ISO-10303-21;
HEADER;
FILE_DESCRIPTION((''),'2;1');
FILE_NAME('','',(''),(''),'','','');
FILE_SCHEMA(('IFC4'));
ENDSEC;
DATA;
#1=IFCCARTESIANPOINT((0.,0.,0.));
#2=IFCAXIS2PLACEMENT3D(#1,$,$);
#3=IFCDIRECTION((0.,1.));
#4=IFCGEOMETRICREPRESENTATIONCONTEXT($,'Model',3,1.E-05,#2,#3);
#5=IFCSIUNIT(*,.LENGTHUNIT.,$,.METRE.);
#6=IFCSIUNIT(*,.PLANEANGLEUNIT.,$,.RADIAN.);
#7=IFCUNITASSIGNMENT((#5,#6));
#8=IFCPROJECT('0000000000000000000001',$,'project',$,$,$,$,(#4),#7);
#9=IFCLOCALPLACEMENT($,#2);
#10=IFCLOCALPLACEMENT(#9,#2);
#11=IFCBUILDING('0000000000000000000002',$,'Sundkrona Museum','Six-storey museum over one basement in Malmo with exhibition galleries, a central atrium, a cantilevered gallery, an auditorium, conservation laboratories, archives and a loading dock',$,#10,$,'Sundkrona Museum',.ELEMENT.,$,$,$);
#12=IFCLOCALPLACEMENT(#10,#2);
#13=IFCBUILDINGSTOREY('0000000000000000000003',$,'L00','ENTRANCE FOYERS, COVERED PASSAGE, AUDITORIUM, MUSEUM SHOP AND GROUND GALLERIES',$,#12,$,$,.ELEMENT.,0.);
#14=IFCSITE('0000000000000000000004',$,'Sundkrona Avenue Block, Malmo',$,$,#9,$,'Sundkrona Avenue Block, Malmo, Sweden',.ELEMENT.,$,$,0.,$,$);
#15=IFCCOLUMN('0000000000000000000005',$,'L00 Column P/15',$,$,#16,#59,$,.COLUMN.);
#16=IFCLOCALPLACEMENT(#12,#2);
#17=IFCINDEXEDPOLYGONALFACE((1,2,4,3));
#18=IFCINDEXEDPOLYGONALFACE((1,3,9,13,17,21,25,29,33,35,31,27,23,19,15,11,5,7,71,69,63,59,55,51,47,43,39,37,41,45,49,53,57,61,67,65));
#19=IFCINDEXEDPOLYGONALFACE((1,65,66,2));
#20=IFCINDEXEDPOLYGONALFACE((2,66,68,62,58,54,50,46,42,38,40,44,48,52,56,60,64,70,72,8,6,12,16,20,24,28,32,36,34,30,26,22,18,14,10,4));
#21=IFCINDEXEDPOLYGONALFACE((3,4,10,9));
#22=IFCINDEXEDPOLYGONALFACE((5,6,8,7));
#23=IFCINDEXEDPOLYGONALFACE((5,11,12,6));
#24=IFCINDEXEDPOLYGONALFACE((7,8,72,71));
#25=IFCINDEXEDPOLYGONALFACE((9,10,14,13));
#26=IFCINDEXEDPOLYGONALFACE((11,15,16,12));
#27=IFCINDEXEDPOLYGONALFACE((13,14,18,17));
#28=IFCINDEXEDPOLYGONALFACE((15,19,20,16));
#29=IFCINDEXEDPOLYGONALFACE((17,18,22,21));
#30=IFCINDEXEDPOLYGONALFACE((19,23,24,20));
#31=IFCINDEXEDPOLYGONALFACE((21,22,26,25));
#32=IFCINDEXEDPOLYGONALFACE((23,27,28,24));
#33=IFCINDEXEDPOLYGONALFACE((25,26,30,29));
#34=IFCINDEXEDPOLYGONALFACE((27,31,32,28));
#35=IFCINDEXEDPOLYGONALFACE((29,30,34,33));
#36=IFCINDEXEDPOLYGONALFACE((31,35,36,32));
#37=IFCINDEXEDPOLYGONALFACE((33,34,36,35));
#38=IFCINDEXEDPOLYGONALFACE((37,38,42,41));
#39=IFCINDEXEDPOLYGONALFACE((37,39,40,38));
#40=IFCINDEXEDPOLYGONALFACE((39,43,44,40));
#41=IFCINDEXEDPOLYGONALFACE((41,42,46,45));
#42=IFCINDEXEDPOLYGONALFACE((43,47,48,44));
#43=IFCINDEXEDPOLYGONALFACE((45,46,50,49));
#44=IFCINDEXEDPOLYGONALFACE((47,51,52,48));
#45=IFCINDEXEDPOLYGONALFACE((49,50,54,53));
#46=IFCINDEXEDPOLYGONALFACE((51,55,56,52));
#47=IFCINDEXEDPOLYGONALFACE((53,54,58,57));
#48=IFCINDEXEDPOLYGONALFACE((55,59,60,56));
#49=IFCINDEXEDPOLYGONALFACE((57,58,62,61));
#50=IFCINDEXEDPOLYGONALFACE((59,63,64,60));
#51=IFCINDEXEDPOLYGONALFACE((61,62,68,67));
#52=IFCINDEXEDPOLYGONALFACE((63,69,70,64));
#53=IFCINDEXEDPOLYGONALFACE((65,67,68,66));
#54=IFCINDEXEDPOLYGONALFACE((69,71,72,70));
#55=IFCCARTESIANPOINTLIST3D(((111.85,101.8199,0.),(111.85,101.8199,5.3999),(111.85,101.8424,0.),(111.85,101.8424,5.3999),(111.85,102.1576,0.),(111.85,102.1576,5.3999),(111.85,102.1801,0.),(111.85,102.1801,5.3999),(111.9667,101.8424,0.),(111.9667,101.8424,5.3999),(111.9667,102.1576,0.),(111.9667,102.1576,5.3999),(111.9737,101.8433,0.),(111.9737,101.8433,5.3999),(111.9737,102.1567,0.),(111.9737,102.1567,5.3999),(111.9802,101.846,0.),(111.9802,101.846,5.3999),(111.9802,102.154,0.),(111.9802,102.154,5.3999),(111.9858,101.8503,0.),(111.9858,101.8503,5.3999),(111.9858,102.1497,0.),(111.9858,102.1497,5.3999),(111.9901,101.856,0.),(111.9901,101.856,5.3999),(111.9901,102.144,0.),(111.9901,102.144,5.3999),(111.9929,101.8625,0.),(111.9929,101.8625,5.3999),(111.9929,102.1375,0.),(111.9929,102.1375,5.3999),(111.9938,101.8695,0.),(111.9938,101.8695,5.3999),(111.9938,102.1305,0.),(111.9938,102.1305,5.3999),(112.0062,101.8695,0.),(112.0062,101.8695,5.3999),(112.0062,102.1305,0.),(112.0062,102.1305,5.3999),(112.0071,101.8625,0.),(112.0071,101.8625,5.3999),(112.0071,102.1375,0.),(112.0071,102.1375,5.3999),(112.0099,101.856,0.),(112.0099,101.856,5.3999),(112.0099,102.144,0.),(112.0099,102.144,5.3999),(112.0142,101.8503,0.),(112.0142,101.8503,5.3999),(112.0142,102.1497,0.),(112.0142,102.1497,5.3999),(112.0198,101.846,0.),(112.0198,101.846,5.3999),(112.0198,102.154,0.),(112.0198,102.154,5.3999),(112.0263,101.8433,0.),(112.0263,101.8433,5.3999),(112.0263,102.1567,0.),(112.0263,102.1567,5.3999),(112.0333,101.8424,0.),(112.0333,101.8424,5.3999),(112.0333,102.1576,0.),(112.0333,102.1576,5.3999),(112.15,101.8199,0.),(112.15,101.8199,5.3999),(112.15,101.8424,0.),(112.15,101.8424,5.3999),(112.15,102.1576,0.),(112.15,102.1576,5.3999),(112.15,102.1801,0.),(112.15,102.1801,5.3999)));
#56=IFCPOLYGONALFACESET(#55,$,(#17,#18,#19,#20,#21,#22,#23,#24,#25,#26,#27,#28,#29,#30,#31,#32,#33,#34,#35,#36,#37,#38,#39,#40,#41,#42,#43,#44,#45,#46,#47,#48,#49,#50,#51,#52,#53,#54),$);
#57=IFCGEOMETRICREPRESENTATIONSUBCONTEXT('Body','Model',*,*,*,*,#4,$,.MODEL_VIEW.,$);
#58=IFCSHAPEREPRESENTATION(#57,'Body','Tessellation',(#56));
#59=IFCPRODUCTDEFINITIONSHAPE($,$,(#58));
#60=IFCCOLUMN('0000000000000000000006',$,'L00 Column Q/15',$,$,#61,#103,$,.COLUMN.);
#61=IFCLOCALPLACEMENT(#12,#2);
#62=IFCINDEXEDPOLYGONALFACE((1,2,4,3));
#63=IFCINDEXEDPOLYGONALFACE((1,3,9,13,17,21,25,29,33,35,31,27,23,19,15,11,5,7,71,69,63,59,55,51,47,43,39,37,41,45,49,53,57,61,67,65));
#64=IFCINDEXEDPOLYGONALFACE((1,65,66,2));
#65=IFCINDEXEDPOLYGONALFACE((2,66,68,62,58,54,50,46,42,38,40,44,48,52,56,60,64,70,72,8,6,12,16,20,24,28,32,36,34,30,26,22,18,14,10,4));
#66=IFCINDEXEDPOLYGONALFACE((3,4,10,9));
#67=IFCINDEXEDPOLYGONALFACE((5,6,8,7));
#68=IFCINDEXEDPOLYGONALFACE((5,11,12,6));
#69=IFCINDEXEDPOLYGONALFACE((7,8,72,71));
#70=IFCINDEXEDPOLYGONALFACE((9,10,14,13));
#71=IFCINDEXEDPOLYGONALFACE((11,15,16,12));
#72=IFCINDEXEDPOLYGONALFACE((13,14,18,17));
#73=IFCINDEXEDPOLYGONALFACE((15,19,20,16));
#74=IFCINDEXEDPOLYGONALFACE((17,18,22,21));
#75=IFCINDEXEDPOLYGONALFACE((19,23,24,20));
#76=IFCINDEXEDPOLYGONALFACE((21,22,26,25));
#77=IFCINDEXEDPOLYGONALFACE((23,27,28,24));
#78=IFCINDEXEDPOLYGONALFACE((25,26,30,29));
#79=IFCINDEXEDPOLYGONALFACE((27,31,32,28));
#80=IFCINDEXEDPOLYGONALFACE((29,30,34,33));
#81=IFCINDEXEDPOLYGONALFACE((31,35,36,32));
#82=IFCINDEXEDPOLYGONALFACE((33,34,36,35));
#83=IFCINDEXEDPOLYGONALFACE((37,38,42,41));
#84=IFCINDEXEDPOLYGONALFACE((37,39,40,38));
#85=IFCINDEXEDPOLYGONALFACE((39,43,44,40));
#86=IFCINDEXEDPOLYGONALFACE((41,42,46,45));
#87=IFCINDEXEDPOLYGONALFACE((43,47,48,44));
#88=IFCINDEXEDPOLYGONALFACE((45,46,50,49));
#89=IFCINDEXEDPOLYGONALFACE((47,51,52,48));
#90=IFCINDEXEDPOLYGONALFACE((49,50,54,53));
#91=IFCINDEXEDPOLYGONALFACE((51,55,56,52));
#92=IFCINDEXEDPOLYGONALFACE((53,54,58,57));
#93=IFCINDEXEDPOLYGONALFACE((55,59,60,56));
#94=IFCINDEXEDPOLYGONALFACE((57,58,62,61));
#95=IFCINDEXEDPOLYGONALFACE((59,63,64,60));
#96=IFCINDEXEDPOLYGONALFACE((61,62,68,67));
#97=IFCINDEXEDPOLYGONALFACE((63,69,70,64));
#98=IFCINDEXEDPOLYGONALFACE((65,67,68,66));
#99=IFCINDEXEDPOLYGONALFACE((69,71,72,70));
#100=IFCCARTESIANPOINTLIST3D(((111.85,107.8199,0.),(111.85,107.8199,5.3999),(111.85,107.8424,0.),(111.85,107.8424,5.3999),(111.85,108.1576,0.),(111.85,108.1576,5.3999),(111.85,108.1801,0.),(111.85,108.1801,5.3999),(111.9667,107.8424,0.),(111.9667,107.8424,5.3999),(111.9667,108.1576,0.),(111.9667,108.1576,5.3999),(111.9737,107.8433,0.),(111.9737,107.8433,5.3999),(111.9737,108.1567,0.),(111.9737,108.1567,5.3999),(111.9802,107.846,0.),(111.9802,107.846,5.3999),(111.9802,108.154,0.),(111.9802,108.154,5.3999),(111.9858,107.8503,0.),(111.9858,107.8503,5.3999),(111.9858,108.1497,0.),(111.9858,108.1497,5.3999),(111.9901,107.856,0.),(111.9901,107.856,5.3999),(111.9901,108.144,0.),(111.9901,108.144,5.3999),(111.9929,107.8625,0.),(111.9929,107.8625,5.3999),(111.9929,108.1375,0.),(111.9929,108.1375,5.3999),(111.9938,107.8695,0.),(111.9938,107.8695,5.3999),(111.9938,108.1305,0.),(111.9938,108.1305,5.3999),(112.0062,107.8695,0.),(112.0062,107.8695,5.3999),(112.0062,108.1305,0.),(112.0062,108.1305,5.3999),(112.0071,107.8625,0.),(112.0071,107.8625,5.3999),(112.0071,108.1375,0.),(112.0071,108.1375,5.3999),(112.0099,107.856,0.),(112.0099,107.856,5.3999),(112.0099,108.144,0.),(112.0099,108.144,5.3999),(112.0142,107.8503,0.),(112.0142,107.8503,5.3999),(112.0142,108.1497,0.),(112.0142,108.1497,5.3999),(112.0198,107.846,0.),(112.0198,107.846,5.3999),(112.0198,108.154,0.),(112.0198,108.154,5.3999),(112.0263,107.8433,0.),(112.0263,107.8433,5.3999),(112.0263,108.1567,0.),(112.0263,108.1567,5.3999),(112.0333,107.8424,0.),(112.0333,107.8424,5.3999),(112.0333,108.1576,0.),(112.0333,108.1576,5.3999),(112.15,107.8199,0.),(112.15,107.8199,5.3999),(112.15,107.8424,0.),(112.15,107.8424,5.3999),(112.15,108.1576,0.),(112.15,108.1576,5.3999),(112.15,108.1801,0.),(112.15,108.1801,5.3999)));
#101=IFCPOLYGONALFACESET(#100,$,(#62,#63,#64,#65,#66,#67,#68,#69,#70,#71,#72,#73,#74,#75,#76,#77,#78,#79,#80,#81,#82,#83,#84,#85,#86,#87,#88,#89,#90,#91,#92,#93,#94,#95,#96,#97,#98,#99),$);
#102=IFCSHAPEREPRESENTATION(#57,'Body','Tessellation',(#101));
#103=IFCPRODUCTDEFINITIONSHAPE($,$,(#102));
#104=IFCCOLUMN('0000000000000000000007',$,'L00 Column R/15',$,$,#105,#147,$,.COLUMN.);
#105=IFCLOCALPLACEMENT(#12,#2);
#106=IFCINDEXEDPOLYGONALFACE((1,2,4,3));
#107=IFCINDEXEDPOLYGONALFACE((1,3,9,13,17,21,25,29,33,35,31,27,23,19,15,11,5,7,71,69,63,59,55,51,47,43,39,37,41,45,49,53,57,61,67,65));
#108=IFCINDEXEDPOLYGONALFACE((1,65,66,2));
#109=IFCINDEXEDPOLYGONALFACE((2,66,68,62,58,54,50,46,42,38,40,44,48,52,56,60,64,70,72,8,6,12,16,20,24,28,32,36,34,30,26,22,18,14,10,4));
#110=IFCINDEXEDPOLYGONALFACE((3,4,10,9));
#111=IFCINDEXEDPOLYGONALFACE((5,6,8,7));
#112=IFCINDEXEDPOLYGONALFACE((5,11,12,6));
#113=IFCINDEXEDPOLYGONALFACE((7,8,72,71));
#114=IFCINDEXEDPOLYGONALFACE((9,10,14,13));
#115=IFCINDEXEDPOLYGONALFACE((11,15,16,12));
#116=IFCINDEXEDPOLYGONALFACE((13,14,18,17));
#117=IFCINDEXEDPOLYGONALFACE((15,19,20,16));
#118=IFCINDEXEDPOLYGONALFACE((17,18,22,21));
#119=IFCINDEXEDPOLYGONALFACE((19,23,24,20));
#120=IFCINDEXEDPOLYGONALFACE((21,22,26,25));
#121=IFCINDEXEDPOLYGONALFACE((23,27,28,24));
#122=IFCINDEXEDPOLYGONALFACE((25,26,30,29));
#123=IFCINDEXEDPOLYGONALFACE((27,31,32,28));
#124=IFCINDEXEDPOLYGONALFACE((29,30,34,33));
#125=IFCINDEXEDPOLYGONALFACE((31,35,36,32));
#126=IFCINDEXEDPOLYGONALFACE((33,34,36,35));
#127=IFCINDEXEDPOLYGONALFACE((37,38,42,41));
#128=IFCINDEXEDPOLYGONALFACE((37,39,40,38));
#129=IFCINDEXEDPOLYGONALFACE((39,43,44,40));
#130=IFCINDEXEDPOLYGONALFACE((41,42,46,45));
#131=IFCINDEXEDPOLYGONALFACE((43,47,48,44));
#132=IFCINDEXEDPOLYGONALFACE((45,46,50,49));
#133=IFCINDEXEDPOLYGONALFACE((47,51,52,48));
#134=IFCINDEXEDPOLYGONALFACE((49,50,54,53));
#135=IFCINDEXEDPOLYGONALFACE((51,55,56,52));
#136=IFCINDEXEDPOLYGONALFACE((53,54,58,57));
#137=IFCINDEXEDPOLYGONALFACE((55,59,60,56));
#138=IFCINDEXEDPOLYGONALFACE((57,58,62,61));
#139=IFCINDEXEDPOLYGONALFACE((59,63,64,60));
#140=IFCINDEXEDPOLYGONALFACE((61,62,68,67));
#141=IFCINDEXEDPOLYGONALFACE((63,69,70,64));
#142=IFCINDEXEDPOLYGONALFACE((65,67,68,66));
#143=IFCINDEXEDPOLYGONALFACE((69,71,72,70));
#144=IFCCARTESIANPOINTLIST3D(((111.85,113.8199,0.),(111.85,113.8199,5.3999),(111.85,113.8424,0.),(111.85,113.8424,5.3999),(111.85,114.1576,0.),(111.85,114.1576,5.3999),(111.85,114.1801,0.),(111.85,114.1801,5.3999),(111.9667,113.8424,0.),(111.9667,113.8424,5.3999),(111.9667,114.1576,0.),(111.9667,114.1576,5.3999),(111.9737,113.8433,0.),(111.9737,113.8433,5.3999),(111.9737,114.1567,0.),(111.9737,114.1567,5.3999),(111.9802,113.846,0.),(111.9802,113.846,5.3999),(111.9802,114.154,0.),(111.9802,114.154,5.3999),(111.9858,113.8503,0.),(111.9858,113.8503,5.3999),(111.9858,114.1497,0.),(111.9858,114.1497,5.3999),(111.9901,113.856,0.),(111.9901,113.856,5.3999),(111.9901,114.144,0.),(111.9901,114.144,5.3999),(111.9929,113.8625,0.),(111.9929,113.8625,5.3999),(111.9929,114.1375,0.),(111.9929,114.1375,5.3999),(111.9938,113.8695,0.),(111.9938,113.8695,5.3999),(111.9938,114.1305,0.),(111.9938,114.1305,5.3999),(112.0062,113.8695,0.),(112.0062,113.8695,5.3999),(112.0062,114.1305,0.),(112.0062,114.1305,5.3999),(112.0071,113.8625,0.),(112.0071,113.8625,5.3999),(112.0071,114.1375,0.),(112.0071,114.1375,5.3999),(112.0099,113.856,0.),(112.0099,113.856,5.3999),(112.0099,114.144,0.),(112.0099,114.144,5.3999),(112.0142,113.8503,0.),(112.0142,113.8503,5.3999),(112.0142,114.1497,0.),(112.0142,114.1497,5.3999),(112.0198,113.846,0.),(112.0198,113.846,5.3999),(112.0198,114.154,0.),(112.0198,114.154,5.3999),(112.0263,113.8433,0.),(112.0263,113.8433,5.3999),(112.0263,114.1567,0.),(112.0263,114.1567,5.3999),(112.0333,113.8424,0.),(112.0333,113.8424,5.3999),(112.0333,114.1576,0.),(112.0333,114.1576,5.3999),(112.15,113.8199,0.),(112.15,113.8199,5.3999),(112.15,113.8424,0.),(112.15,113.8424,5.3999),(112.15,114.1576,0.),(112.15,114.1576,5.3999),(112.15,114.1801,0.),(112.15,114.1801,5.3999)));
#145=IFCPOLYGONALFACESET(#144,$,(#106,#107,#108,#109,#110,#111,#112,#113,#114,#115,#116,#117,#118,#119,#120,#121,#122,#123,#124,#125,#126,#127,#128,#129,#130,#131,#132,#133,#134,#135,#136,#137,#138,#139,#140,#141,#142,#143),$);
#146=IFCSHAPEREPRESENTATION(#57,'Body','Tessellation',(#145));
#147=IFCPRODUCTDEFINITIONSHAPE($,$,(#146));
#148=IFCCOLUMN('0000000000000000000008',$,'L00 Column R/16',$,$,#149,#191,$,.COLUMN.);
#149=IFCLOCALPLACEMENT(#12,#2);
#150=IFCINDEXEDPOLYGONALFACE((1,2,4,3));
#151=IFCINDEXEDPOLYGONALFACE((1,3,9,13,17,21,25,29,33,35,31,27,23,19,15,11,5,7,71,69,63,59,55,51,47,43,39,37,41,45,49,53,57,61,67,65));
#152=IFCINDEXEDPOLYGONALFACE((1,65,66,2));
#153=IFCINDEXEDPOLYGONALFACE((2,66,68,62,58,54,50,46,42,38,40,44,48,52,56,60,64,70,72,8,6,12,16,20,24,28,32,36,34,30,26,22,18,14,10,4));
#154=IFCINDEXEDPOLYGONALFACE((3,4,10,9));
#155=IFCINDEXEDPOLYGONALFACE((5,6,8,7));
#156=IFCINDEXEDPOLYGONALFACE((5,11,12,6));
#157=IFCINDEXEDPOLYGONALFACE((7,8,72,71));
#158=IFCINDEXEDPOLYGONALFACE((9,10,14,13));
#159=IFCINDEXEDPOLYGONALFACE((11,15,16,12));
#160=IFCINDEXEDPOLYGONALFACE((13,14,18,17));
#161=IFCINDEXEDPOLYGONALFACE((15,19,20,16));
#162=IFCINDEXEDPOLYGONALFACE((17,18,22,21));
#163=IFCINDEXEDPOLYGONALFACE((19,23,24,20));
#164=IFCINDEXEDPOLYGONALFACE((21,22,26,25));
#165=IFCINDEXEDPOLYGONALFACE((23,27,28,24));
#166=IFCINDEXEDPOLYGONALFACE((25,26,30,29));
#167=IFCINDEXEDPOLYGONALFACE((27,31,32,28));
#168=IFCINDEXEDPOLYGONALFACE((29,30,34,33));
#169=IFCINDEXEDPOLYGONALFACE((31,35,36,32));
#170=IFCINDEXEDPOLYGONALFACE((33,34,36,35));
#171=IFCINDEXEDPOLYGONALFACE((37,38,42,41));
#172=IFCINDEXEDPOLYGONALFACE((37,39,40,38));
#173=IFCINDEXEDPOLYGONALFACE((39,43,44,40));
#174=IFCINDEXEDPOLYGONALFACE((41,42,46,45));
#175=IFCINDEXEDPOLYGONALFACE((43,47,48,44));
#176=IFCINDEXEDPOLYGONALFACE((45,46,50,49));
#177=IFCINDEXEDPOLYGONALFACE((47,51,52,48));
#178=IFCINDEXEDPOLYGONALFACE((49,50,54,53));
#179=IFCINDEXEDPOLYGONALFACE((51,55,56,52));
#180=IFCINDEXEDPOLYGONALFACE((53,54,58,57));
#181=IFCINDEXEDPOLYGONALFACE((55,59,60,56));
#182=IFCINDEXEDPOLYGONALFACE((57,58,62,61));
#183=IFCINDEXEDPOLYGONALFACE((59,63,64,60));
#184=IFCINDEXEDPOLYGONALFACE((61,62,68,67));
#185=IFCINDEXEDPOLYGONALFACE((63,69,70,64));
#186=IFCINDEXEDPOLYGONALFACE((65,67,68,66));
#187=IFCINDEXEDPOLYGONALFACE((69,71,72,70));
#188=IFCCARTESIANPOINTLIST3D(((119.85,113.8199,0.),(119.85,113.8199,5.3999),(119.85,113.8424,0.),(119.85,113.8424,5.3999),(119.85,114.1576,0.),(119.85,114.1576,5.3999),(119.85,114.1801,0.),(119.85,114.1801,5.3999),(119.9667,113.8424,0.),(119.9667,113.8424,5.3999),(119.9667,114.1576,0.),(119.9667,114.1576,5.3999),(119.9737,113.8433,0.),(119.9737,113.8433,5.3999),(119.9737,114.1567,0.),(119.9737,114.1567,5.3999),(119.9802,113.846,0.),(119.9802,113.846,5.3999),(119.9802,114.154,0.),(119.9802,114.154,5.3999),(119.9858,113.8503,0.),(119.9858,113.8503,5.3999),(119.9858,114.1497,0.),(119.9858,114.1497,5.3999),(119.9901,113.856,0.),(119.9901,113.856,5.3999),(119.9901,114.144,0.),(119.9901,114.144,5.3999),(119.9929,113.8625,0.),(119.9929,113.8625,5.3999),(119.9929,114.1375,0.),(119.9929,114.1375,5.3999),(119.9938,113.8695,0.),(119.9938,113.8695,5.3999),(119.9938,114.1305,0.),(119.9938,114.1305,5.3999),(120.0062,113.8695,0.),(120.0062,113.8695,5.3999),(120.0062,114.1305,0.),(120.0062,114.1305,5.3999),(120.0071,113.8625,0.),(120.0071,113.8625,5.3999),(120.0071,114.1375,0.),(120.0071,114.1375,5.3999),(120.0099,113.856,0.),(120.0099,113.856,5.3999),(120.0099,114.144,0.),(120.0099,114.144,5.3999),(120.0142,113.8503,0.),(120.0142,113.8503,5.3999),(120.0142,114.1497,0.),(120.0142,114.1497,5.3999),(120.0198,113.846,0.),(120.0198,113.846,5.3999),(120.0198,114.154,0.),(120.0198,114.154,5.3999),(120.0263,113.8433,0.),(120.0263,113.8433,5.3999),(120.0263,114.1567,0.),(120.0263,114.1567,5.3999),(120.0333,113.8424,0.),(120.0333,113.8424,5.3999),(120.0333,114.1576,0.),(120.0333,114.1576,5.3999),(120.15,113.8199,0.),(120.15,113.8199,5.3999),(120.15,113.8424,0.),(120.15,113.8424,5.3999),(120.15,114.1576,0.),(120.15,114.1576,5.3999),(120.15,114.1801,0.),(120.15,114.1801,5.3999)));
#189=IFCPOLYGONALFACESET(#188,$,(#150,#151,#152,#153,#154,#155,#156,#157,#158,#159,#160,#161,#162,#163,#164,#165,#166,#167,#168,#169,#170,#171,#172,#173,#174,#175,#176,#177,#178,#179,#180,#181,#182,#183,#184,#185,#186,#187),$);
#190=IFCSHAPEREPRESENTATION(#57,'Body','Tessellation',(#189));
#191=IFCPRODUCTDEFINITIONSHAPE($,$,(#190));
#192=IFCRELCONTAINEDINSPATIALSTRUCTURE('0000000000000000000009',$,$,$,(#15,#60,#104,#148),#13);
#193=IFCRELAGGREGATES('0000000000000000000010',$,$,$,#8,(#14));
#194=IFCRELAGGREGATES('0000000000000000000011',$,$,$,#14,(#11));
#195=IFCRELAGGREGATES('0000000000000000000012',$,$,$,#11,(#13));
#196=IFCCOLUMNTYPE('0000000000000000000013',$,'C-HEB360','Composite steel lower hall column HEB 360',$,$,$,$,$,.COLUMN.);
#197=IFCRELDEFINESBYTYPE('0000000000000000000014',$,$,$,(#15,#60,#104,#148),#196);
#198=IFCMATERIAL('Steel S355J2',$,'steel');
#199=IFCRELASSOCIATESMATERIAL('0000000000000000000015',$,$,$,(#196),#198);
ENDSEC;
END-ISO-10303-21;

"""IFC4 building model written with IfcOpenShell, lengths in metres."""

from ifc_helpers import new_model, si_unit, direction, frame, origin, origin_2d, place, context, subcontext, project, spatial, i_section, extrude, material, material_profile, profile_set, type_object, element, save


model = new_model("IFC4")

# Units and contexts
model_context = context("Model", 3, precision=1e-05, world=origin(), true_north=direction((0.0, 1.0)))
body_context = subcontext(model_context, "Body", "Model", "MODEL_VIEW")
ifc_project = project(units=[si_unit("LENGTHUNIT", "METRE"), si_unit("PLANEANGLEUNIT", "RADIAN")], contexts=[model_context])

# Site, building, storey
site_placement = place(None, origin())
site = spatial("IfcSite", under=ifc_project, at=site_placement, Name="Sundkrona Avenue Block, Malmo", LongName="Sundkrona Avenue Block, Malmo, Sweden", CompositionType="ELEMENT", RefElevation=0.0)
building_placement = place(site_placement, origin())
building = spatial("IfcBuilding", under=site, at=building_placement, Name="Sundkrona Museum", Description="Six-storey museum over one basement in Malmo with exhibition galleries, a central atrium, a cantilevered gallery, an auditorium, conservation laboratories, archives and a loading dock", LongName="Sundkrona Museum", CompositionType="ELEMENT")
storey_placement = place(building_placement, origin())
storey = spatial("IfcBuildingStorey", under=building, at=storey_placement, Name="L00", Description="ENTRANCE FOYERS, COVERED PASSAGE, AUDITORIUM, MUSEUM SHOP AND GROUND GALLERIES", CompositionType="ELEMENT", Elevation=0.0)

# Columns
ifc_material_1 = material(Name="Steel S355J2", Category="steel")
ifc_material_profile_1 = material_profile(ifc_material_1, i_section(OverallWidth=0.3, OverallDepth=0.3601, WebThickness=0.0125, FlangeThickness=0.0225, FilletRadius=0.0271, at=origin_2d()), Name="HEB 360")
ifc_profile_set_1 = profile_set([ifc_material_profile_1], Name="Steel S355J2")
column_type = type_object("IfcColumnType", Name="C-HEB360", Description="Composite steel lower hall column HEB 360", PredefinedType="COLUMN", material=ifc_profile_set_1)
for number, where, z_axis, x_axis, name in (
    (1, (112.0, 102.0, 0.0), (0.0, 0.0, 1.0), (1.0, 0.0, 0.0), "L00 Column P/15"),
    (2, (112.0, 108.0, 0.0), (0.0, 0.0, 1.0), (1.0, 0.0, 0.0), "L00 Column Q/15"),
    (3, (112.0, 114.0, 0.0), (0.0, 0.0, 1.0), (1.0, 0.0, 0.0), "L00 Column R/15"),
    (4, (120.0, 114.0, 0.0), (0.0, 0.0, 1.0), (1.0, 0.0, 0.0), "L00 Column R/16"),
):
    element("IfcColumn", number, at=place(storey_placement, frame(where, z_axis=z_axis, x_axis=x_axis)), inside=storey, type_object=column_type, Name=name, PredefinedType="COLUMN", context=body_context, shape_type="SweptSolid", body=[
        extrude(i_section(OverallWidth=0.3, OverallDepth=0.3601, WebThickness=0.0125, FlangeThickness=0.0225, FilletRadius=0.0271, at=origin_2d()), origin(), (0.0, 0.0, 1.0), 5.3999),
    ])

save(model, "model.ifc")
